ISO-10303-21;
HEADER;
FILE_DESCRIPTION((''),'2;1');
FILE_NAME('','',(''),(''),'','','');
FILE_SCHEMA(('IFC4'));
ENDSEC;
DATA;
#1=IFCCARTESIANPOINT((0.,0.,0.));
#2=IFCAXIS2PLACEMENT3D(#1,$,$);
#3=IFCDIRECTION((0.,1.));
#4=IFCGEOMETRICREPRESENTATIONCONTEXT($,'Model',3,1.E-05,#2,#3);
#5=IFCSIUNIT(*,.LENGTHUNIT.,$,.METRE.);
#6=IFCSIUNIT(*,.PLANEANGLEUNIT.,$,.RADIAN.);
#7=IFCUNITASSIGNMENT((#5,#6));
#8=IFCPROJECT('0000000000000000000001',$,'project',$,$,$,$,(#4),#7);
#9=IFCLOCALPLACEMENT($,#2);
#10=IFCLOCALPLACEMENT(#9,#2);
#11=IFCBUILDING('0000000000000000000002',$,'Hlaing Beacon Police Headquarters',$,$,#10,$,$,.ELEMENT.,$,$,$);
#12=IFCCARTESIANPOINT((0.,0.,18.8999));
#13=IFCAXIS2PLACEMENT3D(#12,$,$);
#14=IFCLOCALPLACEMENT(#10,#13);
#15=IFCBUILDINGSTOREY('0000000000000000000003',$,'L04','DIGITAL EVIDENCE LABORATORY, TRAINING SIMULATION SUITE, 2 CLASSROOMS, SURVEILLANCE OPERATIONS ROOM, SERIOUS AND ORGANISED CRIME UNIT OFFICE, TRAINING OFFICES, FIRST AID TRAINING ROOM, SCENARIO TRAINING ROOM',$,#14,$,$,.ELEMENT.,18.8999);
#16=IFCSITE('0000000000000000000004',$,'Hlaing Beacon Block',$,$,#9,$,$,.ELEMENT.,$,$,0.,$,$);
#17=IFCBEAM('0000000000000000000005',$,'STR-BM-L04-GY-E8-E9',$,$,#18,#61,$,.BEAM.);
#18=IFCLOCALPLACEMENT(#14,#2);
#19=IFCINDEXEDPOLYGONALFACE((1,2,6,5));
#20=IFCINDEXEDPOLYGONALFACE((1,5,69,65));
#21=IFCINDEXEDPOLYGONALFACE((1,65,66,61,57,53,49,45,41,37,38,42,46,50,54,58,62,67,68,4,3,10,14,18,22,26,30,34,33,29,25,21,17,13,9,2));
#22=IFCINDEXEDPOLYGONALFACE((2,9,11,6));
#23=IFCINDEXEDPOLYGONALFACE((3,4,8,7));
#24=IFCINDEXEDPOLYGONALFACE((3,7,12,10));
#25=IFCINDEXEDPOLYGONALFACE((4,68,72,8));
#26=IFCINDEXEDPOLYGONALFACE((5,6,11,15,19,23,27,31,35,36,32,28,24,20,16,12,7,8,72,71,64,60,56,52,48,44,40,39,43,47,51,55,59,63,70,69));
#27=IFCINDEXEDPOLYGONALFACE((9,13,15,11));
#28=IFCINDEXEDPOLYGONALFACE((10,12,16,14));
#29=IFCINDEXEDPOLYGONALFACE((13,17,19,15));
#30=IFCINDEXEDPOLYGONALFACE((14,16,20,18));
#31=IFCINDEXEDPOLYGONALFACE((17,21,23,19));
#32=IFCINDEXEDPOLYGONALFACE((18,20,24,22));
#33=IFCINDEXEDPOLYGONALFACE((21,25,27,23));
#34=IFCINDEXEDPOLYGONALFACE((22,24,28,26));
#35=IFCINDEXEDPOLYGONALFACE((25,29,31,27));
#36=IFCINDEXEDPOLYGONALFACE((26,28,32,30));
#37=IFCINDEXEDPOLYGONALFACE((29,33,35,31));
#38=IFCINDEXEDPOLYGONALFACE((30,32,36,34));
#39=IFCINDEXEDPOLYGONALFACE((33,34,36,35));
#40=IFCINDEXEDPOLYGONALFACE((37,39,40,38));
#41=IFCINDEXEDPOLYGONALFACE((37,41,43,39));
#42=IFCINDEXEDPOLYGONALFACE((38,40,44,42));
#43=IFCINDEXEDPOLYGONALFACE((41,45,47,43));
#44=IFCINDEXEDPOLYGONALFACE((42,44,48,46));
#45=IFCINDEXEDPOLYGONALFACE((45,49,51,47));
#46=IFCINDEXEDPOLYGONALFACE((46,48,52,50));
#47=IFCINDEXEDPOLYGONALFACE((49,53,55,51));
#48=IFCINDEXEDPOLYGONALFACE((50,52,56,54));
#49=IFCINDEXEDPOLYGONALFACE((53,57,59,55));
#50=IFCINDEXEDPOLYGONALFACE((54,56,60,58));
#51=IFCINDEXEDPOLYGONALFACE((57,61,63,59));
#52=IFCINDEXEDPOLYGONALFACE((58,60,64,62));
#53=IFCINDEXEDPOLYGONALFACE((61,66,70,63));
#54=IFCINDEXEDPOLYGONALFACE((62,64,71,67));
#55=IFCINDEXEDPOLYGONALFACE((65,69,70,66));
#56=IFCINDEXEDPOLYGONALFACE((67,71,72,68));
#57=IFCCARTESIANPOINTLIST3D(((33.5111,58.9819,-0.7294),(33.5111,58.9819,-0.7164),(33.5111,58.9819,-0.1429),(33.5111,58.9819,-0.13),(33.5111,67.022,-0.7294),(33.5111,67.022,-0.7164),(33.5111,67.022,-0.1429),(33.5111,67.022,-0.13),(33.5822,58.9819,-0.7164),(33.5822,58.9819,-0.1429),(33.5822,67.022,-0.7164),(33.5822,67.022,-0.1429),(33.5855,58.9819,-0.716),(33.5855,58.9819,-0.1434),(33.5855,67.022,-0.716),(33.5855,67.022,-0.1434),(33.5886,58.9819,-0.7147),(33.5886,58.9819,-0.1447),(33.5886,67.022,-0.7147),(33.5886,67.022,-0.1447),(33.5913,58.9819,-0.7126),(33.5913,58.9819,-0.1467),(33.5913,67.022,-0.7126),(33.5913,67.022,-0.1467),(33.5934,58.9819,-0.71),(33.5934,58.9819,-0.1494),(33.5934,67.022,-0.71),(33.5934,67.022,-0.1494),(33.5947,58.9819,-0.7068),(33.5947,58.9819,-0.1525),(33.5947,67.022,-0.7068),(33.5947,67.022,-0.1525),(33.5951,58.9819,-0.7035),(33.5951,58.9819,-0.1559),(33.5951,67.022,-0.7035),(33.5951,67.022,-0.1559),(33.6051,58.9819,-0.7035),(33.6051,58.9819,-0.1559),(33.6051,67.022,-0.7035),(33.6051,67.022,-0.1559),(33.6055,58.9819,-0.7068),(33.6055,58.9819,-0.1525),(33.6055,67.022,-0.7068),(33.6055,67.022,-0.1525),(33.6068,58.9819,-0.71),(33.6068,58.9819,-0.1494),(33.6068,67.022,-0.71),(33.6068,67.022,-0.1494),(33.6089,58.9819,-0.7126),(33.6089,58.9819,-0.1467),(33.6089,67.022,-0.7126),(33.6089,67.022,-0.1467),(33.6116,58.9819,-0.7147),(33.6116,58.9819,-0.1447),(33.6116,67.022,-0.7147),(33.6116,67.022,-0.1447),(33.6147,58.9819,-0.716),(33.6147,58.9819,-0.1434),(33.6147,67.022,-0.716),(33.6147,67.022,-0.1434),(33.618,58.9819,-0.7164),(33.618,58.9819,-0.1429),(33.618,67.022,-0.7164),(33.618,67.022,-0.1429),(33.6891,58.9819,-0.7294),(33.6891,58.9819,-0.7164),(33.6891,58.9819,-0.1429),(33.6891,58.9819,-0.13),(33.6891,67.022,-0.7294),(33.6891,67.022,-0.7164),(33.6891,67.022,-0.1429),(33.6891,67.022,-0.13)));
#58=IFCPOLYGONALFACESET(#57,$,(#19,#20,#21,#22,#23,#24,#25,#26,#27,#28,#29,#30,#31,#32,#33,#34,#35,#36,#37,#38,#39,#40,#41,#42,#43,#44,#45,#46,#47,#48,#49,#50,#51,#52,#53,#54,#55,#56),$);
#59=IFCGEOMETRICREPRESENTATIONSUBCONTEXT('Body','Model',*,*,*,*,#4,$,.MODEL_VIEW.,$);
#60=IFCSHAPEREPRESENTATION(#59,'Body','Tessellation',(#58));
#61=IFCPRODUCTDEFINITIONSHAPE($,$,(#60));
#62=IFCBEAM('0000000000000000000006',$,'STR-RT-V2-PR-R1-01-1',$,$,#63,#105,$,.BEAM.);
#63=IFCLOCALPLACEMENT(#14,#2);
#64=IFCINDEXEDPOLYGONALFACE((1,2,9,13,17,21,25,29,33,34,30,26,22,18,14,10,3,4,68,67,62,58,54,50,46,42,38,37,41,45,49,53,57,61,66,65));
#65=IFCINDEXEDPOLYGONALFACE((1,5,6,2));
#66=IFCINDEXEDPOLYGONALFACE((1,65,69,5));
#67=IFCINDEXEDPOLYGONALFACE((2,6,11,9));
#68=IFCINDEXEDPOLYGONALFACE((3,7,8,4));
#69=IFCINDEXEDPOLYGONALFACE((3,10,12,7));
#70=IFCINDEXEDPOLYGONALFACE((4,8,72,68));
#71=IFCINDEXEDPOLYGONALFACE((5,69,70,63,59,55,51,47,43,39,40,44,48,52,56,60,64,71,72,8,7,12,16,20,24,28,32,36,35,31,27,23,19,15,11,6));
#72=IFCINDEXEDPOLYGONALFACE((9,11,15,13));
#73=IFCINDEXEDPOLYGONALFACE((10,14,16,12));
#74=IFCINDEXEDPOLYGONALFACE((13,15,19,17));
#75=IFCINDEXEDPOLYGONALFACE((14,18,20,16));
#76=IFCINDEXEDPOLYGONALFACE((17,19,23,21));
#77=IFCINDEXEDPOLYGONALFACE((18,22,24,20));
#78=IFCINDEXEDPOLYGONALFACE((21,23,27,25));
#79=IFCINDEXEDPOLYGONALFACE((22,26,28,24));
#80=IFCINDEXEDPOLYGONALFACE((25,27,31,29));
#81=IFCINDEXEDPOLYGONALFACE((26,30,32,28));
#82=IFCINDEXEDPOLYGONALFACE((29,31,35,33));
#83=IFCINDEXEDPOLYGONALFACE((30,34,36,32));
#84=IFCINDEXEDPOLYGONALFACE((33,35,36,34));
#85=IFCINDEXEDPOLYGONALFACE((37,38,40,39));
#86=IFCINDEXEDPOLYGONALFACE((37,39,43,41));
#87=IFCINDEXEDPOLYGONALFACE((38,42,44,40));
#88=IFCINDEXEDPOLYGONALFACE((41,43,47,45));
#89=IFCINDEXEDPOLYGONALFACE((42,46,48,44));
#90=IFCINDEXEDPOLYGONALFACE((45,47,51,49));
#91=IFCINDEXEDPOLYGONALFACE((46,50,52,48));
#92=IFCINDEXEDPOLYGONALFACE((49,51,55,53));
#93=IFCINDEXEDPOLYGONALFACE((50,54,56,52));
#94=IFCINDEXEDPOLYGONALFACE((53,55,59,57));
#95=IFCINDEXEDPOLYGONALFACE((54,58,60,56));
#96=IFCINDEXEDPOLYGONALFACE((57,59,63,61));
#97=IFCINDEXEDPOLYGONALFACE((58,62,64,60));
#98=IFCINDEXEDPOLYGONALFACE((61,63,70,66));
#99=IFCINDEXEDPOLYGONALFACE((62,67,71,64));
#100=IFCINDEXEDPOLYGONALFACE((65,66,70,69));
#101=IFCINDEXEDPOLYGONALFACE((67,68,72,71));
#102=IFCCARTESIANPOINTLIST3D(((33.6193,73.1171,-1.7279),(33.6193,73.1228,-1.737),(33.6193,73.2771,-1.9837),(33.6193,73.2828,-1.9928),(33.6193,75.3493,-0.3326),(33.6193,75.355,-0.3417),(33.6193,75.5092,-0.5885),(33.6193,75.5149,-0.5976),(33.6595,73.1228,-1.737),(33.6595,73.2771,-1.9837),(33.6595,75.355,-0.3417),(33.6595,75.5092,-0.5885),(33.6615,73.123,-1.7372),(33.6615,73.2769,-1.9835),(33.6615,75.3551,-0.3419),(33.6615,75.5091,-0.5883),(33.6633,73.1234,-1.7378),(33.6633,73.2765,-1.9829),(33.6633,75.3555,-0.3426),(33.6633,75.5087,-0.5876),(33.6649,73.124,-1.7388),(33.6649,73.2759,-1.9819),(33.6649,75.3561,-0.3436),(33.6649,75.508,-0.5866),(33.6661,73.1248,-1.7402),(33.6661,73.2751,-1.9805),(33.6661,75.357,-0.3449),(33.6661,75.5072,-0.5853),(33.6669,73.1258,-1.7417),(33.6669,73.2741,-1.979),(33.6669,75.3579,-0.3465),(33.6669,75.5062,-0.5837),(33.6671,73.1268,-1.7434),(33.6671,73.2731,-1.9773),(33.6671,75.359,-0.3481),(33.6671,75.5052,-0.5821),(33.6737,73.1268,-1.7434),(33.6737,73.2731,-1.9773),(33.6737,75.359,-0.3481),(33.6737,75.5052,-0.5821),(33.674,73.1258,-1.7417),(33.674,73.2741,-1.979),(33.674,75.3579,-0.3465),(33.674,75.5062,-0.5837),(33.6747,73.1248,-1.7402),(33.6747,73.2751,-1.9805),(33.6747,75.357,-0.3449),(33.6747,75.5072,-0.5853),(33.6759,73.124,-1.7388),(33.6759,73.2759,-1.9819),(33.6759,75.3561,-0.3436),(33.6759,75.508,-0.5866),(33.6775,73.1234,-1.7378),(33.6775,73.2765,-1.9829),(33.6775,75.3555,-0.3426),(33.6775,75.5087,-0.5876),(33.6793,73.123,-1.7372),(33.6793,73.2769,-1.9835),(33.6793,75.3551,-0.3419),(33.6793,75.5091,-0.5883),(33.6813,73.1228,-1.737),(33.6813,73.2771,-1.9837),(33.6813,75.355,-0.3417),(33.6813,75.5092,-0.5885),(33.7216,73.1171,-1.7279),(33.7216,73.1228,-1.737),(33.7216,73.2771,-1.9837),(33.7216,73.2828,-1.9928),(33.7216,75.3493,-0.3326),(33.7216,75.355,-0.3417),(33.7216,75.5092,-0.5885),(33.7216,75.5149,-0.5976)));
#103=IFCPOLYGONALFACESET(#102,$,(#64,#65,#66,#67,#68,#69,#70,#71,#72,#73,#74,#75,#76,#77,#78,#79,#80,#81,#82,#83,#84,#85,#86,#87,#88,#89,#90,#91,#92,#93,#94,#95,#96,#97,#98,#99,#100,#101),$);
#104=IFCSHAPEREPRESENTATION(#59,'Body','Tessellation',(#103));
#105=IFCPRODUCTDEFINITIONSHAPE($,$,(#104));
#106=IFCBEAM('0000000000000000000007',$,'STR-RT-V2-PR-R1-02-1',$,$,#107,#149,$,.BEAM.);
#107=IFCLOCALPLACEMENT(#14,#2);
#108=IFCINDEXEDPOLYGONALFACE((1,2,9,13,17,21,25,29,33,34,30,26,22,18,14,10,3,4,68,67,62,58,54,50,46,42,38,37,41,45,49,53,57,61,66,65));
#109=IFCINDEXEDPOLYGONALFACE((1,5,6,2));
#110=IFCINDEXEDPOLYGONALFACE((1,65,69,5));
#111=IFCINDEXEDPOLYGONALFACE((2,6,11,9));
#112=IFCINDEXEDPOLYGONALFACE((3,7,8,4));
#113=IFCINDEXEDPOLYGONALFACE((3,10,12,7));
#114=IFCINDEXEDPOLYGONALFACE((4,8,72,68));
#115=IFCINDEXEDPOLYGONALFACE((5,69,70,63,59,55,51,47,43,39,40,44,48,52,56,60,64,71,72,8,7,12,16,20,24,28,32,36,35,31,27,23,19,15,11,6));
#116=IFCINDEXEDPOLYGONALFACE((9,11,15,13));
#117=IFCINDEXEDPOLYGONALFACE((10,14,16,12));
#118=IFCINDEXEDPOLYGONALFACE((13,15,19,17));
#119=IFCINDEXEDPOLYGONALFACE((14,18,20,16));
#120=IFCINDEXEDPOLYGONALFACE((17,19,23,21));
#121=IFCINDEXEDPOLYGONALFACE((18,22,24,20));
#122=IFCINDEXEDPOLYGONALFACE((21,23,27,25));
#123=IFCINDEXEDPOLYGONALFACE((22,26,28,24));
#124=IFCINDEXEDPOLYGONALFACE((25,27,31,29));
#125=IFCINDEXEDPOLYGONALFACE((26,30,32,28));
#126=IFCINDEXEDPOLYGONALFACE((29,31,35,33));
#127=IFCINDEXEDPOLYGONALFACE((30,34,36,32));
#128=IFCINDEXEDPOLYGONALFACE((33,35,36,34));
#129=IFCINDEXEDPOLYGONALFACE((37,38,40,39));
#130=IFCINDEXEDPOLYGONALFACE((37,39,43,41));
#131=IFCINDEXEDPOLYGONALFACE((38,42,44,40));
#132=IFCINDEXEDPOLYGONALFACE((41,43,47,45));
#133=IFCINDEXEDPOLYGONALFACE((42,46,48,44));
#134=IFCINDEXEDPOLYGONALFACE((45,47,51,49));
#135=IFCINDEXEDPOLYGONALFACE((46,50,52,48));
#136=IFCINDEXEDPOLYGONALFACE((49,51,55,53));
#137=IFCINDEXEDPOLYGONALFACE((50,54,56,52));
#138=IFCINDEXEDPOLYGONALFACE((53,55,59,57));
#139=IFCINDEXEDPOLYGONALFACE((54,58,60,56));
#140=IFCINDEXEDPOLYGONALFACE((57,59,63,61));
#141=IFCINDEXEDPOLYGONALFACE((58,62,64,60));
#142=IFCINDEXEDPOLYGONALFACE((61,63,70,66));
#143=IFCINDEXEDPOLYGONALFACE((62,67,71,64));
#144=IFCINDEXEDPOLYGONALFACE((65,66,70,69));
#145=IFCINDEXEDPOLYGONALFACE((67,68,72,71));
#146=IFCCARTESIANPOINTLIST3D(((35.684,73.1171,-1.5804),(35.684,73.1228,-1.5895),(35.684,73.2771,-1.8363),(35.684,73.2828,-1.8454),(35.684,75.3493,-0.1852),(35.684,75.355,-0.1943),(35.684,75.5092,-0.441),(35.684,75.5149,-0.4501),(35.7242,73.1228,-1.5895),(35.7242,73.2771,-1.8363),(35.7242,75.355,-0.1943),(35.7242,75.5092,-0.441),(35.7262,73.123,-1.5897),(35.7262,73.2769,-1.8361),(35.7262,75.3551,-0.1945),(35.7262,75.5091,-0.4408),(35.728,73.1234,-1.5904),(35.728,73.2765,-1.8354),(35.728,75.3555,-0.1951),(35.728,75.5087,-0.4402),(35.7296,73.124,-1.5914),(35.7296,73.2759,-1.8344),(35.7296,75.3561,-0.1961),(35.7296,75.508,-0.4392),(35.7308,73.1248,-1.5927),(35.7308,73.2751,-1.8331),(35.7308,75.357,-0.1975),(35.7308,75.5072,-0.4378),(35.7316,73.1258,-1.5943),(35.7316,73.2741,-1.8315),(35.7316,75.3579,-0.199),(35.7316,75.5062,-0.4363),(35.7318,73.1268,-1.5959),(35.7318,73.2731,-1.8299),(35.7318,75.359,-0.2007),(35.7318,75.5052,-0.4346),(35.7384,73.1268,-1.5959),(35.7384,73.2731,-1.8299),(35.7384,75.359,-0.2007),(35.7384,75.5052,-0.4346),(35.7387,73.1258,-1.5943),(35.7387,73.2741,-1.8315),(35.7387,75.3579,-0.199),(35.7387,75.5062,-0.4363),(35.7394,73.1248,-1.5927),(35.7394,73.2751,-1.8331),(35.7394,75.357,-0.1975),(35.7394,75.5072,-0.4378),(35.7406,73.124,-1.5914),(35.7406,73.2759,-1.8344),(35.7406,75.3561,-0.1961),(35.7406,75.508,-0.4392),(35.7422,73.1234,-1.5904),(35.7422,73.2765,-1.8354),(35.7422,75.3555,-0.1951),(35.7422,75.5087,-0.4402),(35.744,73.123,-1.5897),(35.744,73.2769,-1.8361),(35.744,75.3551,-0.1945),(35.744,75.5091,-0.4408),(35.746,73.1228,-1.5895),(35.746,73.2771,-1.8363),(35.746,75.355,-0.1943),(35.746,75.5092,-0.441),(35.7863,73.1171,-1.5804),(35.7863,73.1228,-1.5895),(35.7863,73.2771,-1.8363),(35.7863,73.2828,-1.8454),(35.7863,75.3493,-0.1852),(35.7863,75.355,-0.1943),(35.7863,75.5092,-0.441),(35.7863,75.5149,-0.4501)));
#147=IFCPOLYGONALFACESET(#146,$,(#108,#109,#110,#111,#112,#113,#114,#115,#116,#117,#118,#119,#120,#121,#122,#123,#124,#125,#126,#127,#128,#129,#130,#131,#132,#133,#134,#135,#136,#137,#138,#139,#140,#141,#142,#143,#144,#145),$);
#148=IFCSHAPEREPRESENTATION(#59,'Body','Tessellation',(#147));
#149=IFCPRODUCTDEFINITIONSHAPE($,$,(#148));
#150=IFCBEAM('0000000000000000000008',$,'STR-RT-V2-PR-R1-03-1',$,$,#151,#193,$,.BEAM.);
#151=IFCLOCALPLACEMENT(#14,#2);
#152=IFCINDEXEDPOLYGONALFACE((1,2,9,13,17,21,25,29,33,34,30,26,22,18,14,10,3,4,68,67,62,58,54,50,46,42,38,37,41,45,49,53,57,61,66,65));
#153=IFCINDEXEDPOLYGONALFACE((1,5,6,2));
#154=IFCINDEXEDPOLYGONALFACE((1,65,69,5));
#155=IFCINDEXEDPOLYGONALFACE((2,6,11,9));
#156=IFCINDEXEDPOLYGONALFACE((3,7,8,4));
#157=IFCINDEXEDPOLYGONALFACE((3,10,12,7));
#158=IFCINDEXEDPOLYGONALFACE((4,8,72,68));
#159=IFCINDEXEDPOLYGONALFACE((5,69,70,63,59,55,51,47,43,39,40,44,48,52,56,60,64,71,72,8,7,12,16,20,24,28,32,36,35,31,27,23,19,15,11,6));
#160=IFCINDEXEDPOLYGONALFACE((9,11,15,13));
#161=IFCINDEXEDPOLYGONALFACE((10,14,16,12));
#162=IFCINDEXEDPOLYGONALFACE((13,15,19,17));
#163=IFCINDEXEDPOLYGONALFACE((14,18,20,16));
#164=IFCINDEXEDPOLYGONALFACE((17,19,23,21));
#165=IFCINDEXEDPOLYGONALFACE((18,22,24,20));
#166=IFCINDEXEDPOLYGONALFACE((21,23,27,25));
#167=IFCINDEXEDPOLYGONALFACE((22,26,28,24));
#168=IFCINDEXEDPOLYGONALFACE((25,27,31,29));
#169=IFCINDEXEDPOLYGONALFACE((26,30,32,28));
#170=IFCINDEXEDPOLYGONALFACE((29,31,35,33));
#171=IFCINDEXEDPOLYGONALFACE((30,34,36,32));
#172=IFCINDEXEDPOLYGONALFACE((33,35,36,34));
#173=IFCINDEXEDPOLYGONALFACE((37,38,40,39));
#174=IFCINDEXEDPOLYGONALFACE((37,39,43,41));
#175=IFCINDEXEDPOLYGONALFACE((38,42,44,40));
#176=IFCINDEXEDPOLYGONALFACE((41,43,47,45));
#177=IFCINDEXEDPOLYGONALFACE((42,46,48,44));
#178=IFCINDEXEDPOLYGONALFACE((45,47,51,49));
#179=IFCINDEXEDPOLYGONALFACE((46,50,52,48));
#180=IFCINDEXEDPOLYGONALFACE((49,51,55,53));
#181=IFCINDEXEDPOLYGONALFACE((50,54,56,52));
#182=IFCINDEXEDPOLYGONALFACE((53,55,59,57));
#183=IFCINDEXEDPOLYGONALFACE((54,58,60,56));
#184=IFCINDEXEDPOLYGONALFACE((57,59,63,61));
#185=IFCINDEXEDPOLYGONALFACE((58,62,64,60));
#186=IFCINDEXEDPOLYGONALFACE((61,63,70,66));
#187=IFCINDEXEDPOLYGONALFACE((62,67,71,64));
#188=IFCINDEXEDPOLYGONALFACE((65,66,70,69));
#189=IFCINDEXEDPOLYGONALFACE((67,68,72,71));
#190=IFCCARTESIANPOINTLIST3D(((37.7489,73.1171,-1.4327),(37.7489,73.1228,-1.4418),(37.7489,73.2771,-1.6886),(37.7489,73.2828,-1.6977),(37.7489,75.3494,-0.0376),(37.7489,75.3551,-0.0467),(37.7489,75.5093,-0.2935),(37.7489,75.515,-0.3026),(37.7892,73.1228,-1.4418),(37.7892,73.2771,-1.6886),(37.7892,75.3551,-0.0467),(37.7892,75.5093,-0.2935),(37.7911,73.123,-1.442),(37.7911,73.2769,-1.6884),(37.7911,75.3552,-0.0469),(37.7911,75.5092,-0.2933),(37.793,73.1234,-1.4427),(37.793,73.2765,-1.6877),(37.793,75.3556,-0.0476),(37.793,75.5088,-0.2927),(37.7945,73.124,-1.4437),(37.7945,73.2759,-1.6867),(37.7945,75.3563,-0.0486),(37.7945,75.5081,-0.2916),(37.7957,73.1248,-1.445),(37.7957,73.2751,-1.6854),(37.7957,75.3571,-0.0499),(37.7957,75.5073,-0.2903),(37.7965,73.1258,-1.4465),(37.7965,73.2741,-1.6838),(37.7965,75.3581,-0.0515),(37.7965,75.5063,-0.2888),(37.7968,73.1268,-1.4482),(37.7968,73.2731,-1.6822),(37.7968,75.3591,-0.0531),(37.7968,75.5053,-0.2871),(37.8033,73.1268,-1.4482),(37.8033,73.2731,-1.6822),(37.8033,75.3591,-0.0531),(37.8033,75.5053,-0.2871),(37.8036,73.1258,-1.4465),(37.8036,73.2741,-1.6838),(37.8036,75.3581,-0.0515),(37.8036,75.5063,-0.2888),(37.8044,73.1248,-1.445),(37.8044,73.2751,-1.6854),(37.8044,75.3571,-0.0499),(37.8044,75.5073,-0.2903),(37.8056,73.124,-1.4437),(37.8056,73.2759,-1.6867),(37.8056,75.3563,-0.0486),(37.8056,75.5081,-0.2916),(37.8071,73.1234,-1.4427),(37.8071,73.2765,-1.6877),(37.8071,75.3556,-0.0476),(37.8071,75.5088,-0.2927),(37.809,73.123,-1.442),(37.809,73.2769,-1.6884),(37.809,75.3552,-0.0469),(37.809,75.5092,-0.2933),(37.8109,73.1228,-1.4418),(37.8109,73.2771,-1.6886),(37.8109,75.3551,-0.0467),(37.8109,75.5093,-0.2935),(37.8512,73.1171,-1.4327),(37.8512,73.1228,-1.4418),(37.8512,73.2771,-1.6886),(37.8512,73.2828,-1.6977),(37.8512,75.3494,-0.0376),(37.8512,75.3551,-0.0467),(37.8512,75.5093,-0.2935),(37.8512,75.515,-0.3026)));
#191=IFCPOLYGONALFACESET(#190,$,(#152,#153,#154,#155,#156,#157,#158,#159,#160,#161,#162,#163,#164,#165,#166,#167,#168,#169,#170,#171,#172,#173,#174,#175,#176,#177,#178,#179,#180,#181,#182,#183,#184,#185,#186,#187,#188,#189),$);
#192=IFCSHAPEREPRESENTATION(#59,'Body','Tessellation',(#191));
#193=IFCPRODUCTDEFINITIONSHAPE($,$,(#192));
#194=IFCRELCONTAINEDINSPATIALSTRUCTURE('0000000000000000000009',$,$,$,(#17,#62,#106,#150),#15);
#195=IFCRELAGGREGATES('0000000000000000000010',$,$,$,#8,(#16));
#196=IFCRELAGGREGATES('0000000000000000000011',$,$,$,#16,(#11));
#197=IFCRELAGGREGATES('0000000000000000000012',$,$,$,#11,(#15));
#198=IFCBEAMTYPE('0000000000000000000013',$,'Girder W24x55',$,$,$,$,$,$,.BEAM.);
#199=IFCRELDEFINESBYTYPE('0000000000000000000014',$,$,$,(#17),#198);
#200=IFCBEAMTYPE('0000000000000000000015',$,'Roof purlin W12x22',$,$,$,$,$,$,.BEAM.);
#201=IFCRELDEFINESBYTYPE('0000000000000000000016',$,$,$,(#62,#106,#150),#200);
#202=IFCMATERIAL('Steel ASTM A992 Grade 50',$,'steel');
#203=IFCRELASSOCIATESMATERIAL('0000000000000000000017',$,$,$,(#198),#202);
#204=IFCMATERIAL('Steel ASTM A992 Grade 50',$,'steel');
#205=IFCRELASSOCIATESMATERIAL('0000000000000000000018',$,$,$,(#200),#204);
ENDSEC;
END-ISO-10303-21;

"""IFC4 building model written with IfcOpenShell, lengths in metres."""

from ifc_helpers import new_model, si_unit, direction, frame, origin, origin_2d, place, context, subcontext, project, spatial, i_section, extrude, material, material_profile, profile_set, type_object, element, save


model = new_model("IFC4")

# Units and contexts
model_context = context("Model", 3, precision=1e-05, world=origin(), true_north=direction((0.0, 1.0)))
body_context = subcontext(model_context, "Body", "Model", "MODEL_VIEW")
ifc_project = project(units=[si_unit("LENGTHUNIT", "METRE"), si_unit("PLANEANGLEUNIT", "RADIAN")], contexts=[model_context])

# Site, building, storey
site_placement = place(None, origin())
site = spatial("IfcSite", under=ifc_project, at=site_placement, Name="Hlaing Beacon Block", CompositionType="ELEMENT", RefElevation=0.0)
building_placement = place(site_placement, origin())
building = spatial("IfcBuilding", under=site, at=building_placement, Name="Hlaing Beacon Police Headquarters", CompositionType="ELEMENT")
storey_placement = place(building_placement, frame((0.0, 0.0, 18.8999)))
storey = spatial("IfcBuildingStorey", under=building, at=storey_placement, Name="L04", Description="DIGITAL EVIDENCE LABORATORY, TRAINING SIMULATION SUITE, 2 CLASSROOMS, SURVEILLANCE OPERATIONS ROOM, SERIOUS AND ORGANISED CRIME UNIT OFFICE, TRAINING OFFICES, FIRST AID TRAINING ROOM, SCENARIO TRAINING ROOM", CompositionType="ELEMENT", Elevation=18.8999)

# Beams
ifc_material_1 = material(Name="Steel ASTM A992 Grade 50", Category="steel")
ifc_material_profile_1 = material_profile(ifc_material_1, i_section(OverallWidth=0.178, OverallDepth=0.5994, WebThickness=0.01, FlangeThickness=0.0129, FilletRadius=0.0129, at=origin_2d()), Name="W24x55")
ifc_profile_set_1 = profile_set([ifc_material_profile_1], Name="Steel ASTM A992 Grade 50")
beam_type_1 = type_object("IfcBeamType", Name="Girder W24x55", PredefinedType="BEAM", material=ifc_profile_set_1)
beam_1_placement = place(storey_placement, frame((33.6001, 58.9819, -0.4297), z_axis=(0.0, 1.0, 0.0), x_axis=(-1.0, 0.0, 0.0)))
element("IfcBeam", 1, at=beam_1_placement, inside=storey, type_object=beam_type_1, Name="STR-BM-L04-GY-E8-E9", PredefinedType="BEAM", context=body_context, shape_type="SweptSolid", body=[
    extrude(i_section(OverallWidth=0.178, OverallDepth=0.5994, WebThickness=0.01, FlangeThickness=0.0129, FilletRadius=0.0129, at=origin_2d()), origin(), (0.0, 0.0, 1.0), 8.04),
])
ifc_material_2 = material(Name="Steel ASTM A992 Grade 50", Category="steel")
ifc_material_profile_2 = material_profile(ifc_material_2, i_section(OverallWidth=0.1023, OverallDepth=0.3125, WebThickness=0.0066, FlangeThickness=0.0107, FilletRadius=0.0076, at=origin_2d()), Name="W12x22")
ifc_profile_set_2 = profile_set([ifc_material_profile_2], Name="Steel ASTM A992 Grade 50")
beam_type_2 = type_object("IfcBeamType", Name="Roof purlin W12x22", PredefinedType="BEAM", material=ifc_profile_set_2)
for number, where, z_axis, x_axis, name in (
    (2, (33.6704, 73.2, -1.8604), (0.0, 0.847972, 0.530041), (-1.0, 0.0, 0.0), "STR-RT-V2-PR-R1-01-1"),
    (3, (35.7351, 73.2, -1.7129), (0.0, 0.847972, 0.530041), (-1.0, 0.0, 0.0), "STR-RT-V2-PR-R1-02-1"),
    (4, (37.8, 73.2, -1.5652), (0.0, 0.848014, 0.529974), (-1.0, 0.0, 0.0), "STR-RT-V2-PR-R1-03-1"),
):
    element("IfcBeam", number, at=place(storey_placement, frame(where, z_axis=z_axis, x_axis=x_axis)), inside=storey, type_object=beam_type_2, Name=name, PredefinedType="BEAM", context=body_context, shape_type="SweptSolid", body=[
        extrude(i_section(OverallWidth=0.1023, OverallDepth=0.3125, WebThickness=0.0066, FlangeThickness=0.0107, FilletRadius=0.0076, at=origin_2d()), origin(), (0.0, 0.0, 1.0), 2.6323),
    ])

save(model, "model.ifc")
